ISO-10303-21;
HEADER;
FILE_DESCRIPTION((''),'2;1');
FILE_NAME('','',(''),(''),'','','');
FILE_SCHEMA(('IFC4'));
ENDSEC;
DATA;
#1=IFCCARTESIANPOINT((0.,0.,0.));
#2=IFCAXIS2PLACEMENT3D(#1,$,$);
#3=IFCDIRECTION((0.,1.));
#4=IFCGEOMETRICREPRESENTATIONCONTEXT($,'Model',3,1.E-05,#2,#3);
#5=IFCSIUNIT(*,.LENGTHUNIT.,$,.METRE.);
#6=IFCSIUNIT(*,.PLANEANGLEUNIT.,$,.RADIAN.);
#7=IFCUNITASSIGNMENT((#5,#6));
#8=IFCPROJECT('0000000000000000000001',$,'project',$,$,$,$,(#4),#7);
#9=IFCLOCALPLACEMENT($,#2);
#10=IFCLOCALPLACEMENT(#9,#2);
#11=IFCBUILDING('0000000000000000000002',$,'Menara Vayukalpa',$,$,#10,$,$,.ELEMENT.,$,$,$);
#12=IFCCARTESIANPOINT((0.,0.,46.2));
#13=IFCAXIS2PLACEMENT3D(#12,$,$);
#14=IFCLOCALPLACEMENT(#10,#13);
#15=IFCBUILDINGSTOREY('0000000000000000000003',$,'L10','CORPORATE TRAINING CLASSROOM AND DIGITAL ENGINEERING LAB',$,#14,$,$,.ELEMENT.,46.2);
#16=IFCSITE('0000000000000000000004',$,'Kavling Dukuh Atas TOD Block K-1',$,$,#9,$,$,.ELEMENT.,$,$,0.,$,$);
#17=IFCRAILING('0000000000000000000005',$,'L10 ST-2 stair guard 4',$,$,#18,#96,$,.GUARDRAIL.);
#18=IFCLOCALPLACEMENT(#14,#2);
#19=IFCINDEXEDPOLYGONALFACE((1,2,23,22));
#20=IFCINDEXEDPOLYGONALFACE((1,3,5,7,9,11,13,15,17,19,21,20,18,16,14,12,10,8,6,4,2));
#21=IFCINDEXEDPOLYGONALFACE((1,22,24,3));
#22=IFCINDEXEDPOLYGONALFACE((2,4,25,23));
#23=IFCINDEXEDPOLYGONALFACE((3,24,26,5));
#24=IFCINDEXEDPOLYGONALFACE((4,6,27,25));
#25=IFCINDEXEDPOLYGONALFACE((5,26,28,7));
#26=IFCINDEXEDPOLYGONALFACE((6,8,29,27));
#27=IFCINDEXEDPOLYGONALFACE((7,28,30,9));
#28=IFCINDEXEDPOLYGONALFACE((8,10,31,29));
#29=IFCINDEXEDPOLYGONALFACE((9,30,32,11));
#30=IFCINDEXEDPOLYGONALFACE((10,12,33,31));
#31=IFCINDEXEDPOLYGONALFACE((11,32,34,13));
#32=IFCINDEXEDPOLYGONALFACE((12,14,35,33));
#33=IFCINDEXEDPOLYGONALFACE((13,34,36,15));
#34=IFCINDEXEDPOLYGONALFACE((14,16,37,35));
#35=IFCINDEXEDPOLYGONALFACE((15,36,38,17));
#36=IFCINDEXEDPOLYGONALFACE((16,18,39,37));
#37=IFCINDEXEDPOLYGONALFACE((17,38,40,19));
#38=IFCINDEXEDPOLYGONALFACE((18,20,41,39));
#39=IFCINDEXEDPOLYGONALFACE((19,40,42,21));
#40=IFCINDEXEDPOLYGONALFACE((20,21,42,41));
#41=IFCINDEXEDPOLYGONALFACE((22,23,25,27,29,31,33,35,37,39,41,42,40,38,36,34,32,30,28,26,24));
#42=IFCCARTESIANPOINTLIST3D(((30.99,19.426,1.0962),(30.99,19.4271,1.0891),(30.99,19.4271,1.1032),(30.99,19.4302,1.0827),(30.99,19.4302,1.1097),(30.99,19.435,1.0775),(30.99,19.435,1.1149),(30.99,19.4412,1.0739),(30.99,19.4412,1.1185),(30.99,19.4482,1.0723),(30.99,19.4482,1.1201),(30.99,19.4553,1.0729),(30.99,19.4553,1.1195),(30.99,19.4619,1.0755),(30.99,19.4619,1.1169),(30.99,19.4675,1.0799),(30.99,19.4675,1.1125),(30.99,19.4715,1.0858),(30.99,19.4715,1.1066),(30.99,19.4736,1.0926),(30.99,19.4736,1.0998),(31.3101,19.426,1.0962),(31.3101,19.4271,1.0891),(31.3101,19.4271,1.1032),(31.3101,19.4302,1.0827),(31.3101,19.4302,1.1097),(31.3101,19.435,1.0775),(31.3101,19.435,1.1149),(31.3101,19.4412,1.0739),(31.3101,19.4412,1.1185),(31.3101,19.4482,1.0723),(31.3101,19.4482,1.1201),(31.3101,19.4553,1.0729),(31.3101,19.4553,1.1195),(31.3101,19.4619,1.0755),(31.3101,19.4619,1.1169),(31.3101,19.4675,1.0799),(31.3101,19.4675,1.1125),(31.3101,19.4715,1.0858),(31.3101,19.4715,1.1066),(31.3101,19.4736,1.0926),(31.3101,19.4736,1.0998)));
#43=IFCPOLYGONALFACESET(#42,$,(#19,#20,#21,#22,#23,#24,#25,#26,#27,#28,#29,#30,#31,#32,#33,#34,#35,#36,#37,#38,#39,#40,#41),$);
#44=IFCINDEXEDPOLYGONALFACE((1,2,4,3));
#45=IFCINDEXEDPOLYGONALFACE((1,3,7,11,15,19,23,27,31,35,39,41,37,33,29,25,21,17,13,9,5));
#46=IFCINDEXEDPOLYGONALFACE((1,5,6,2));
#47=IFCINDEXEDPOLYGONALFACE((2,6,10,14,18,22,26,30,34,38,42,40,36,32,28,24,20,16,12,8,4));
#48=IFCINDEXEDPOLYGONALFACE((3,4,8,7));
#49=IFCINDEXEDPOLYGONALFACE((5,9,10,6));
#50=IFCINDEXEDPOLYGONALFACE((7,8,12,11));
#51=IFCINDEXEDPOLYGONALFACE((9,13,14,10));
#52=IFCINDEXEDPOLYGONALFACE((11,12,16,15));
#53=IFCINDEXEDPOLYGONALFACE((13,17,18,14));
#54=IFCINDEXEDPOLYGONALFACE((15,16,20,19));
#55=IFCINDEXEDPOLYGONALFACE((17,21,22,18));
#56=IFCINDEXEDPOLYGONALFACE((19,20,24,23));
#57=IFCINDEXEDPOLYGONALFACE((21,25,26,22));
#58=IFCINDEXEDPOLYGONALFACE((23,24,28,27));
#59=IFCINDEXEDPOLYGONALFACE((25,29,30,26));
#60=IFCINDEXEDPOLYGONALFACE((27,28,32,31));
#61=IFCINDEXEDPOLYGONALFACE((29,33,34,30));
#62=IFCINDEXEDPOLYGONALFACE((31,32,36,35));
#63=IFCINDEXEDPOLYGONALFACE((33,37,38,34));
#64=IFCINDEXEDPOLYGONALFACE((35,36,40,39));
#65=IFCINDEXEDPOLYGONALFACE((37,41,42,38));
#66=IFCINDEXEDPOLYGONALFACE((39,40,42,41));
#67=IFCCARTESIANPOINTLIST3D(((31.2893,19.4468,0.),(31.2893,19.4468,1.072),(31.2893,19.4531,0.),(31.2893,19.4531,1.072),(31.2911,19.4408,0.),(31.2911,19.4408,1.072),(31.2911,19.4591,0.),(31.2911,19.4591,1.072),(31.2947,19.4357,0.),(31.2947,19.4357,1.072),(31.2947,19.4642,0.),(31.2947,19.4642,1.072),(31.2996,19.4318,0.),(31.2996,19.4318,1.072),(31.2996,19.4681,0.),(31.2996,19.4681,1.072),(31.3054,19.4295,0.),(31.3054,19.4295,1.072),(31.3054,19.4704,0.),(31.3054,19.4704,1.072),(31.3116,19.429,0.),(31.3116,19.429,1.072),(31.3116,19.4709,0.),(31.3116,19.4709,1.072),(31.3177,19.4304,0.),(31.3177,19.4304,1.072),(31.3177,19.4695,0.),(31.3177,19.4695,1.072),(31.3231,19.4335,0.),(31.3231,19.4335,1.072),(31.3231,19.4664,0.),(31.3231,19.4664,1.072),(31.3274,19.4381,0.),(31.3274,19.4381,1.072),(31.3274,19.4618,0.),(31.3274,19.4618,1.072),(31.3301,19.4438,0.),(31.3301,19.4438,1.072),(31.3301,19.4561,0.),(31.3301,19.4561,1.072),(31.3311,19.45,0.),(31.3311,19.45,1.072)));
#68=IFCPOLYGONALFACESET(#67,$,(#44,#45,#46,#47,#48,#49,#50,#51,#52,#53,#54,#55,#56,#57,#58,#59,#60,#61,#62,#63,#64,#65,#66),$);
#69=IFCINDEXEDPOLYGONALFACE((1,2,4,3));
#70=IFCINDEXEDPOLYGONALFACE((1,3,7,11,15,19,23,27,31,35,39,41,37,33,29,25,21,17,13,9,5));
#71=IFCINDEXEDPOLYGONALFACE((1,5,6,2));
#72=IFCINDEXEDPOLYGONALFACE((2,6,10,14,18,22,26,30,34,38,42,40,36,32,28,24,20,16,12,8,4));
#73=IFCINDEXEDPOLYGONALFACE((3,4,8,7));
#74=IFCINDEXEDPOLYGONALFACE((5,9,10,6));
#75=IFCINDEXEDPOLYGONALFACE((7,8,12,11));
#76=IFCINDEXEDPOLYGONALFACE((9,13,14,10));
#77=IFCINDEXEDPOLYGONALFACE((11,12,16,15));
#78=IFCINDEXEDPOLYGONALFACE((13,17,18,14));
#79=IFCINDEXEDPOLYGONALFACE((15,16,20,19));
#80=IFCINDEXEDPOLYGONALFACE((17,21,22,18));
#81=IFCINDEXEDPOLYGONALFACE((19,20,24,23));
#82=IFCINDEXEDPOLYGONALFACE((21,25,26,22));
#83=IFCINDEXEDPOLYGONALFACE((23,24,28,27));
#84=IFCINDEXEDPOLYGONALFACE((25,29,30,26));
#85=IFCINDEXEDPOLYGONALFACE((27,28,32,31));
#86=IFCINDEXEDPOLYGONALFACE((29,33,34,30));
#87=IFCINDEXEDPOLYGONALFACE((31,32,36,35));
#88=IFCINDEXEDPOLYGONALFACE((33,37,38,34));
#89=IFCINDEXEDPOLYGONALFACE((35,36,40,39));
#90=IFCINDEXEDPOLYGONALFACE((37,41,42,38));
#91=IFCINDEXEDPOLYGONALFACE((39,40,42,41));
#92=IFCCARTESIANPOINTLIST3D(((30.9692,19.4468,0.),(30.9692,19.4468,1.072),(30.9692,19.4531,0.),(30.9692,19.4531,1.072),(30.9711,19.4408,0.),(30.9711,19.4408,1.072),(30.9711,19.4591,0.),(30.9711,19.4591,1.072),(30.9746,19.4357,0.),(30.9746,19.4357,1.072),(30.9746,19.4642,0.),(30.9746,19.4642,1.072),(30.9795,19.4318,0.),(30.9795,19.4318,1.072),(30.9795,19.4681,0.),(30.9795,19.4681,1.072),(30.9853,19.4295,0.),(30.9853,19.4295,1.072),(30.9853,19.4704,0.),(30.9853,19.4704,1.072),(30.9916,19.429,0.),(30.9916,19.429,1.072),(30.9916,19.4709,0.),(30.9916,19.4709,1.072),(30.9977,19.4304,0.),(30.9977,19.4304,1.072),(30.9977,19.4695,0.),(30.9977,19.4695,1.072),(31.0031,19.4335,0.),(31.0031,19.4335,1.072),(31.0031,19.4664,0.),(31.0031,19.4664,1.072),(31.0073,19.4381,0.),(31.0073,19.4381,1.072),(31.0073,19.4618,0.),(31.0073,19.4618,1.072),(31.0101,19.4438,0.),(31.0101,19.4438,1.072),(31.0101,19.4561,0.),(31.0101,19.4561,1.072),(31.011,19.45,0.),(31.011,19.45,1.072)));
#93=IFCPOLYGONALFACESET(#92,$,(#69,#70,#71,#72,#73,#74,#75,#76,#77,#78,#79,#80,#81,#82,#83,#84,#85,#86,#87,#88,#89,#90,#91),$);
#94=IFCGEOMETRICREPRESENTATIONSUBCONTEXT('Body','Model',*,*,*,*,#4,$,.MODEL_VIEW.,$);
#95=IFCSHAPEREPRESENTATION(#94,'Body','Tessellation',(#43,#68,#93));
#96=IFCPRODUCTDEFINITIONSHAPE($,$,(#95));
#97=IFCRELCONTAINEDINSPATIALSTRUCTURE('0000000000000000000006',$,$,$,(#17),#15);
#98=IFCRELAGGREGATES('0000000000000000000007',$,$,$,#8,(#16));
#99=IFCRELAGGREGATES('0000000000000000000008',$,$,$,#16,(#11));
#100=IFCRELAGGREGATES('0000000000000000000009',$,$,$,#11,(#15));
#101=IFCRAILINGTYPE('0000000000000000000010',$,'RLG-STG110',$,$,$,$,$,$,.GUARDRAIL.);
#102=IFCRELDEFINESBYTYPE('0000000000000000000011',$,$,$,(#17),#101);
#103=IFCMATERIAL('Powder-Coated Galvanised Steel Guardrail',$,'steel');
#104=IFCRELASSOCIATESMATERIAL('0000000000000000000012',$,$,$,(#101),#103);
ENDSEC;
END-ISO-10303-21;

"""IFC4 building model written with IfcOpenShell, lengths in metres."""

from ifc_helpers import new_model, si_unit, direction, frame, origin, origin_2d, place, context, subcontext, project, spatial, circle, extrude, material, type_object, element, save


model = new_model("IFC4")

# Units and contexts
model_context = context("Model", 3, precision=1e-05, world=origin(), true_north=direction((0.0, 1.0)))
body_context = subcontext(model_context, "Body", "Model", "MODEL_VIEW")
ifc_project = project(units=[si_unit("LENGTHUNIT", "METRE"), si_unit("PLANEANGLEUNIT", "RADIAN")], contexts=[model_context])

# Site, building, storey
site_placement = place(None, origin())
site = spatial("IfcSite", under=ifc_project, at=site_placement, Name="Kavling Dukuh Atas TOD Block K-1", CompositionType="ELEMENT", RefElevation=0.0)
building_placement = place(site_placement, origin())
building = spatial("IfcBuilding", under=site, at=building_placement, Name="Menara Vayukalpa", CompositionType="ELEMENT")
storey_placement = place(building_placement, frame((0.0, 0.0, 46.2)))
storey = spatial("IfcBuildingStorey", under=building, at=storey_placement, Name="L10", Description="CORPORATE TRAINING CLASSROOM AND DIGITAL ENGINEERING LAB", CompositionType="ELEMENT", Elevation=46.2)

# Railing
ifc_material_1 = material(Name="Powder-Coated Galvanised Steel Guardrail", Category="steel")
railing_type_1 = type_object("IfcRailingType", Name="RLG-STG110", PredefinedType="GUARDRAIL", material=ifc_material_1)
railing_1_placement = place(storey_placement, frame((31.3101, 19.45, 0.0)))
element("IfcRailing", 1, at=railing_1_placement, inside=storey, type_object=railing_type_1, Name="L10 ST-2 stair guard 4", PredefinedType="GUARDRAIL", context=body_context, shape_type="SweptSolid", body=[
    extrude(circle(Radius=0.0239, at=origin_2d()), frame((0.0, 0.0, 1.0962), z_axis=(-1.0, 0.0, 0.0), x_axis=(0.0, -1.0, 0.0)), (0.0, 0.0, 1.0), 0.3201),
    extrude(circle(Radius=0.021, at=origin_2d()), origin(), (0.0, 0.0, 1.0), 1.072),
    extrude(circle(Radius=0.021, at=origin_2d()), frame((-0.3201, 0.0, 0.0)), (0.0, 0.0, 1.0), 1.072),
])

save(model, "model.ifc")
